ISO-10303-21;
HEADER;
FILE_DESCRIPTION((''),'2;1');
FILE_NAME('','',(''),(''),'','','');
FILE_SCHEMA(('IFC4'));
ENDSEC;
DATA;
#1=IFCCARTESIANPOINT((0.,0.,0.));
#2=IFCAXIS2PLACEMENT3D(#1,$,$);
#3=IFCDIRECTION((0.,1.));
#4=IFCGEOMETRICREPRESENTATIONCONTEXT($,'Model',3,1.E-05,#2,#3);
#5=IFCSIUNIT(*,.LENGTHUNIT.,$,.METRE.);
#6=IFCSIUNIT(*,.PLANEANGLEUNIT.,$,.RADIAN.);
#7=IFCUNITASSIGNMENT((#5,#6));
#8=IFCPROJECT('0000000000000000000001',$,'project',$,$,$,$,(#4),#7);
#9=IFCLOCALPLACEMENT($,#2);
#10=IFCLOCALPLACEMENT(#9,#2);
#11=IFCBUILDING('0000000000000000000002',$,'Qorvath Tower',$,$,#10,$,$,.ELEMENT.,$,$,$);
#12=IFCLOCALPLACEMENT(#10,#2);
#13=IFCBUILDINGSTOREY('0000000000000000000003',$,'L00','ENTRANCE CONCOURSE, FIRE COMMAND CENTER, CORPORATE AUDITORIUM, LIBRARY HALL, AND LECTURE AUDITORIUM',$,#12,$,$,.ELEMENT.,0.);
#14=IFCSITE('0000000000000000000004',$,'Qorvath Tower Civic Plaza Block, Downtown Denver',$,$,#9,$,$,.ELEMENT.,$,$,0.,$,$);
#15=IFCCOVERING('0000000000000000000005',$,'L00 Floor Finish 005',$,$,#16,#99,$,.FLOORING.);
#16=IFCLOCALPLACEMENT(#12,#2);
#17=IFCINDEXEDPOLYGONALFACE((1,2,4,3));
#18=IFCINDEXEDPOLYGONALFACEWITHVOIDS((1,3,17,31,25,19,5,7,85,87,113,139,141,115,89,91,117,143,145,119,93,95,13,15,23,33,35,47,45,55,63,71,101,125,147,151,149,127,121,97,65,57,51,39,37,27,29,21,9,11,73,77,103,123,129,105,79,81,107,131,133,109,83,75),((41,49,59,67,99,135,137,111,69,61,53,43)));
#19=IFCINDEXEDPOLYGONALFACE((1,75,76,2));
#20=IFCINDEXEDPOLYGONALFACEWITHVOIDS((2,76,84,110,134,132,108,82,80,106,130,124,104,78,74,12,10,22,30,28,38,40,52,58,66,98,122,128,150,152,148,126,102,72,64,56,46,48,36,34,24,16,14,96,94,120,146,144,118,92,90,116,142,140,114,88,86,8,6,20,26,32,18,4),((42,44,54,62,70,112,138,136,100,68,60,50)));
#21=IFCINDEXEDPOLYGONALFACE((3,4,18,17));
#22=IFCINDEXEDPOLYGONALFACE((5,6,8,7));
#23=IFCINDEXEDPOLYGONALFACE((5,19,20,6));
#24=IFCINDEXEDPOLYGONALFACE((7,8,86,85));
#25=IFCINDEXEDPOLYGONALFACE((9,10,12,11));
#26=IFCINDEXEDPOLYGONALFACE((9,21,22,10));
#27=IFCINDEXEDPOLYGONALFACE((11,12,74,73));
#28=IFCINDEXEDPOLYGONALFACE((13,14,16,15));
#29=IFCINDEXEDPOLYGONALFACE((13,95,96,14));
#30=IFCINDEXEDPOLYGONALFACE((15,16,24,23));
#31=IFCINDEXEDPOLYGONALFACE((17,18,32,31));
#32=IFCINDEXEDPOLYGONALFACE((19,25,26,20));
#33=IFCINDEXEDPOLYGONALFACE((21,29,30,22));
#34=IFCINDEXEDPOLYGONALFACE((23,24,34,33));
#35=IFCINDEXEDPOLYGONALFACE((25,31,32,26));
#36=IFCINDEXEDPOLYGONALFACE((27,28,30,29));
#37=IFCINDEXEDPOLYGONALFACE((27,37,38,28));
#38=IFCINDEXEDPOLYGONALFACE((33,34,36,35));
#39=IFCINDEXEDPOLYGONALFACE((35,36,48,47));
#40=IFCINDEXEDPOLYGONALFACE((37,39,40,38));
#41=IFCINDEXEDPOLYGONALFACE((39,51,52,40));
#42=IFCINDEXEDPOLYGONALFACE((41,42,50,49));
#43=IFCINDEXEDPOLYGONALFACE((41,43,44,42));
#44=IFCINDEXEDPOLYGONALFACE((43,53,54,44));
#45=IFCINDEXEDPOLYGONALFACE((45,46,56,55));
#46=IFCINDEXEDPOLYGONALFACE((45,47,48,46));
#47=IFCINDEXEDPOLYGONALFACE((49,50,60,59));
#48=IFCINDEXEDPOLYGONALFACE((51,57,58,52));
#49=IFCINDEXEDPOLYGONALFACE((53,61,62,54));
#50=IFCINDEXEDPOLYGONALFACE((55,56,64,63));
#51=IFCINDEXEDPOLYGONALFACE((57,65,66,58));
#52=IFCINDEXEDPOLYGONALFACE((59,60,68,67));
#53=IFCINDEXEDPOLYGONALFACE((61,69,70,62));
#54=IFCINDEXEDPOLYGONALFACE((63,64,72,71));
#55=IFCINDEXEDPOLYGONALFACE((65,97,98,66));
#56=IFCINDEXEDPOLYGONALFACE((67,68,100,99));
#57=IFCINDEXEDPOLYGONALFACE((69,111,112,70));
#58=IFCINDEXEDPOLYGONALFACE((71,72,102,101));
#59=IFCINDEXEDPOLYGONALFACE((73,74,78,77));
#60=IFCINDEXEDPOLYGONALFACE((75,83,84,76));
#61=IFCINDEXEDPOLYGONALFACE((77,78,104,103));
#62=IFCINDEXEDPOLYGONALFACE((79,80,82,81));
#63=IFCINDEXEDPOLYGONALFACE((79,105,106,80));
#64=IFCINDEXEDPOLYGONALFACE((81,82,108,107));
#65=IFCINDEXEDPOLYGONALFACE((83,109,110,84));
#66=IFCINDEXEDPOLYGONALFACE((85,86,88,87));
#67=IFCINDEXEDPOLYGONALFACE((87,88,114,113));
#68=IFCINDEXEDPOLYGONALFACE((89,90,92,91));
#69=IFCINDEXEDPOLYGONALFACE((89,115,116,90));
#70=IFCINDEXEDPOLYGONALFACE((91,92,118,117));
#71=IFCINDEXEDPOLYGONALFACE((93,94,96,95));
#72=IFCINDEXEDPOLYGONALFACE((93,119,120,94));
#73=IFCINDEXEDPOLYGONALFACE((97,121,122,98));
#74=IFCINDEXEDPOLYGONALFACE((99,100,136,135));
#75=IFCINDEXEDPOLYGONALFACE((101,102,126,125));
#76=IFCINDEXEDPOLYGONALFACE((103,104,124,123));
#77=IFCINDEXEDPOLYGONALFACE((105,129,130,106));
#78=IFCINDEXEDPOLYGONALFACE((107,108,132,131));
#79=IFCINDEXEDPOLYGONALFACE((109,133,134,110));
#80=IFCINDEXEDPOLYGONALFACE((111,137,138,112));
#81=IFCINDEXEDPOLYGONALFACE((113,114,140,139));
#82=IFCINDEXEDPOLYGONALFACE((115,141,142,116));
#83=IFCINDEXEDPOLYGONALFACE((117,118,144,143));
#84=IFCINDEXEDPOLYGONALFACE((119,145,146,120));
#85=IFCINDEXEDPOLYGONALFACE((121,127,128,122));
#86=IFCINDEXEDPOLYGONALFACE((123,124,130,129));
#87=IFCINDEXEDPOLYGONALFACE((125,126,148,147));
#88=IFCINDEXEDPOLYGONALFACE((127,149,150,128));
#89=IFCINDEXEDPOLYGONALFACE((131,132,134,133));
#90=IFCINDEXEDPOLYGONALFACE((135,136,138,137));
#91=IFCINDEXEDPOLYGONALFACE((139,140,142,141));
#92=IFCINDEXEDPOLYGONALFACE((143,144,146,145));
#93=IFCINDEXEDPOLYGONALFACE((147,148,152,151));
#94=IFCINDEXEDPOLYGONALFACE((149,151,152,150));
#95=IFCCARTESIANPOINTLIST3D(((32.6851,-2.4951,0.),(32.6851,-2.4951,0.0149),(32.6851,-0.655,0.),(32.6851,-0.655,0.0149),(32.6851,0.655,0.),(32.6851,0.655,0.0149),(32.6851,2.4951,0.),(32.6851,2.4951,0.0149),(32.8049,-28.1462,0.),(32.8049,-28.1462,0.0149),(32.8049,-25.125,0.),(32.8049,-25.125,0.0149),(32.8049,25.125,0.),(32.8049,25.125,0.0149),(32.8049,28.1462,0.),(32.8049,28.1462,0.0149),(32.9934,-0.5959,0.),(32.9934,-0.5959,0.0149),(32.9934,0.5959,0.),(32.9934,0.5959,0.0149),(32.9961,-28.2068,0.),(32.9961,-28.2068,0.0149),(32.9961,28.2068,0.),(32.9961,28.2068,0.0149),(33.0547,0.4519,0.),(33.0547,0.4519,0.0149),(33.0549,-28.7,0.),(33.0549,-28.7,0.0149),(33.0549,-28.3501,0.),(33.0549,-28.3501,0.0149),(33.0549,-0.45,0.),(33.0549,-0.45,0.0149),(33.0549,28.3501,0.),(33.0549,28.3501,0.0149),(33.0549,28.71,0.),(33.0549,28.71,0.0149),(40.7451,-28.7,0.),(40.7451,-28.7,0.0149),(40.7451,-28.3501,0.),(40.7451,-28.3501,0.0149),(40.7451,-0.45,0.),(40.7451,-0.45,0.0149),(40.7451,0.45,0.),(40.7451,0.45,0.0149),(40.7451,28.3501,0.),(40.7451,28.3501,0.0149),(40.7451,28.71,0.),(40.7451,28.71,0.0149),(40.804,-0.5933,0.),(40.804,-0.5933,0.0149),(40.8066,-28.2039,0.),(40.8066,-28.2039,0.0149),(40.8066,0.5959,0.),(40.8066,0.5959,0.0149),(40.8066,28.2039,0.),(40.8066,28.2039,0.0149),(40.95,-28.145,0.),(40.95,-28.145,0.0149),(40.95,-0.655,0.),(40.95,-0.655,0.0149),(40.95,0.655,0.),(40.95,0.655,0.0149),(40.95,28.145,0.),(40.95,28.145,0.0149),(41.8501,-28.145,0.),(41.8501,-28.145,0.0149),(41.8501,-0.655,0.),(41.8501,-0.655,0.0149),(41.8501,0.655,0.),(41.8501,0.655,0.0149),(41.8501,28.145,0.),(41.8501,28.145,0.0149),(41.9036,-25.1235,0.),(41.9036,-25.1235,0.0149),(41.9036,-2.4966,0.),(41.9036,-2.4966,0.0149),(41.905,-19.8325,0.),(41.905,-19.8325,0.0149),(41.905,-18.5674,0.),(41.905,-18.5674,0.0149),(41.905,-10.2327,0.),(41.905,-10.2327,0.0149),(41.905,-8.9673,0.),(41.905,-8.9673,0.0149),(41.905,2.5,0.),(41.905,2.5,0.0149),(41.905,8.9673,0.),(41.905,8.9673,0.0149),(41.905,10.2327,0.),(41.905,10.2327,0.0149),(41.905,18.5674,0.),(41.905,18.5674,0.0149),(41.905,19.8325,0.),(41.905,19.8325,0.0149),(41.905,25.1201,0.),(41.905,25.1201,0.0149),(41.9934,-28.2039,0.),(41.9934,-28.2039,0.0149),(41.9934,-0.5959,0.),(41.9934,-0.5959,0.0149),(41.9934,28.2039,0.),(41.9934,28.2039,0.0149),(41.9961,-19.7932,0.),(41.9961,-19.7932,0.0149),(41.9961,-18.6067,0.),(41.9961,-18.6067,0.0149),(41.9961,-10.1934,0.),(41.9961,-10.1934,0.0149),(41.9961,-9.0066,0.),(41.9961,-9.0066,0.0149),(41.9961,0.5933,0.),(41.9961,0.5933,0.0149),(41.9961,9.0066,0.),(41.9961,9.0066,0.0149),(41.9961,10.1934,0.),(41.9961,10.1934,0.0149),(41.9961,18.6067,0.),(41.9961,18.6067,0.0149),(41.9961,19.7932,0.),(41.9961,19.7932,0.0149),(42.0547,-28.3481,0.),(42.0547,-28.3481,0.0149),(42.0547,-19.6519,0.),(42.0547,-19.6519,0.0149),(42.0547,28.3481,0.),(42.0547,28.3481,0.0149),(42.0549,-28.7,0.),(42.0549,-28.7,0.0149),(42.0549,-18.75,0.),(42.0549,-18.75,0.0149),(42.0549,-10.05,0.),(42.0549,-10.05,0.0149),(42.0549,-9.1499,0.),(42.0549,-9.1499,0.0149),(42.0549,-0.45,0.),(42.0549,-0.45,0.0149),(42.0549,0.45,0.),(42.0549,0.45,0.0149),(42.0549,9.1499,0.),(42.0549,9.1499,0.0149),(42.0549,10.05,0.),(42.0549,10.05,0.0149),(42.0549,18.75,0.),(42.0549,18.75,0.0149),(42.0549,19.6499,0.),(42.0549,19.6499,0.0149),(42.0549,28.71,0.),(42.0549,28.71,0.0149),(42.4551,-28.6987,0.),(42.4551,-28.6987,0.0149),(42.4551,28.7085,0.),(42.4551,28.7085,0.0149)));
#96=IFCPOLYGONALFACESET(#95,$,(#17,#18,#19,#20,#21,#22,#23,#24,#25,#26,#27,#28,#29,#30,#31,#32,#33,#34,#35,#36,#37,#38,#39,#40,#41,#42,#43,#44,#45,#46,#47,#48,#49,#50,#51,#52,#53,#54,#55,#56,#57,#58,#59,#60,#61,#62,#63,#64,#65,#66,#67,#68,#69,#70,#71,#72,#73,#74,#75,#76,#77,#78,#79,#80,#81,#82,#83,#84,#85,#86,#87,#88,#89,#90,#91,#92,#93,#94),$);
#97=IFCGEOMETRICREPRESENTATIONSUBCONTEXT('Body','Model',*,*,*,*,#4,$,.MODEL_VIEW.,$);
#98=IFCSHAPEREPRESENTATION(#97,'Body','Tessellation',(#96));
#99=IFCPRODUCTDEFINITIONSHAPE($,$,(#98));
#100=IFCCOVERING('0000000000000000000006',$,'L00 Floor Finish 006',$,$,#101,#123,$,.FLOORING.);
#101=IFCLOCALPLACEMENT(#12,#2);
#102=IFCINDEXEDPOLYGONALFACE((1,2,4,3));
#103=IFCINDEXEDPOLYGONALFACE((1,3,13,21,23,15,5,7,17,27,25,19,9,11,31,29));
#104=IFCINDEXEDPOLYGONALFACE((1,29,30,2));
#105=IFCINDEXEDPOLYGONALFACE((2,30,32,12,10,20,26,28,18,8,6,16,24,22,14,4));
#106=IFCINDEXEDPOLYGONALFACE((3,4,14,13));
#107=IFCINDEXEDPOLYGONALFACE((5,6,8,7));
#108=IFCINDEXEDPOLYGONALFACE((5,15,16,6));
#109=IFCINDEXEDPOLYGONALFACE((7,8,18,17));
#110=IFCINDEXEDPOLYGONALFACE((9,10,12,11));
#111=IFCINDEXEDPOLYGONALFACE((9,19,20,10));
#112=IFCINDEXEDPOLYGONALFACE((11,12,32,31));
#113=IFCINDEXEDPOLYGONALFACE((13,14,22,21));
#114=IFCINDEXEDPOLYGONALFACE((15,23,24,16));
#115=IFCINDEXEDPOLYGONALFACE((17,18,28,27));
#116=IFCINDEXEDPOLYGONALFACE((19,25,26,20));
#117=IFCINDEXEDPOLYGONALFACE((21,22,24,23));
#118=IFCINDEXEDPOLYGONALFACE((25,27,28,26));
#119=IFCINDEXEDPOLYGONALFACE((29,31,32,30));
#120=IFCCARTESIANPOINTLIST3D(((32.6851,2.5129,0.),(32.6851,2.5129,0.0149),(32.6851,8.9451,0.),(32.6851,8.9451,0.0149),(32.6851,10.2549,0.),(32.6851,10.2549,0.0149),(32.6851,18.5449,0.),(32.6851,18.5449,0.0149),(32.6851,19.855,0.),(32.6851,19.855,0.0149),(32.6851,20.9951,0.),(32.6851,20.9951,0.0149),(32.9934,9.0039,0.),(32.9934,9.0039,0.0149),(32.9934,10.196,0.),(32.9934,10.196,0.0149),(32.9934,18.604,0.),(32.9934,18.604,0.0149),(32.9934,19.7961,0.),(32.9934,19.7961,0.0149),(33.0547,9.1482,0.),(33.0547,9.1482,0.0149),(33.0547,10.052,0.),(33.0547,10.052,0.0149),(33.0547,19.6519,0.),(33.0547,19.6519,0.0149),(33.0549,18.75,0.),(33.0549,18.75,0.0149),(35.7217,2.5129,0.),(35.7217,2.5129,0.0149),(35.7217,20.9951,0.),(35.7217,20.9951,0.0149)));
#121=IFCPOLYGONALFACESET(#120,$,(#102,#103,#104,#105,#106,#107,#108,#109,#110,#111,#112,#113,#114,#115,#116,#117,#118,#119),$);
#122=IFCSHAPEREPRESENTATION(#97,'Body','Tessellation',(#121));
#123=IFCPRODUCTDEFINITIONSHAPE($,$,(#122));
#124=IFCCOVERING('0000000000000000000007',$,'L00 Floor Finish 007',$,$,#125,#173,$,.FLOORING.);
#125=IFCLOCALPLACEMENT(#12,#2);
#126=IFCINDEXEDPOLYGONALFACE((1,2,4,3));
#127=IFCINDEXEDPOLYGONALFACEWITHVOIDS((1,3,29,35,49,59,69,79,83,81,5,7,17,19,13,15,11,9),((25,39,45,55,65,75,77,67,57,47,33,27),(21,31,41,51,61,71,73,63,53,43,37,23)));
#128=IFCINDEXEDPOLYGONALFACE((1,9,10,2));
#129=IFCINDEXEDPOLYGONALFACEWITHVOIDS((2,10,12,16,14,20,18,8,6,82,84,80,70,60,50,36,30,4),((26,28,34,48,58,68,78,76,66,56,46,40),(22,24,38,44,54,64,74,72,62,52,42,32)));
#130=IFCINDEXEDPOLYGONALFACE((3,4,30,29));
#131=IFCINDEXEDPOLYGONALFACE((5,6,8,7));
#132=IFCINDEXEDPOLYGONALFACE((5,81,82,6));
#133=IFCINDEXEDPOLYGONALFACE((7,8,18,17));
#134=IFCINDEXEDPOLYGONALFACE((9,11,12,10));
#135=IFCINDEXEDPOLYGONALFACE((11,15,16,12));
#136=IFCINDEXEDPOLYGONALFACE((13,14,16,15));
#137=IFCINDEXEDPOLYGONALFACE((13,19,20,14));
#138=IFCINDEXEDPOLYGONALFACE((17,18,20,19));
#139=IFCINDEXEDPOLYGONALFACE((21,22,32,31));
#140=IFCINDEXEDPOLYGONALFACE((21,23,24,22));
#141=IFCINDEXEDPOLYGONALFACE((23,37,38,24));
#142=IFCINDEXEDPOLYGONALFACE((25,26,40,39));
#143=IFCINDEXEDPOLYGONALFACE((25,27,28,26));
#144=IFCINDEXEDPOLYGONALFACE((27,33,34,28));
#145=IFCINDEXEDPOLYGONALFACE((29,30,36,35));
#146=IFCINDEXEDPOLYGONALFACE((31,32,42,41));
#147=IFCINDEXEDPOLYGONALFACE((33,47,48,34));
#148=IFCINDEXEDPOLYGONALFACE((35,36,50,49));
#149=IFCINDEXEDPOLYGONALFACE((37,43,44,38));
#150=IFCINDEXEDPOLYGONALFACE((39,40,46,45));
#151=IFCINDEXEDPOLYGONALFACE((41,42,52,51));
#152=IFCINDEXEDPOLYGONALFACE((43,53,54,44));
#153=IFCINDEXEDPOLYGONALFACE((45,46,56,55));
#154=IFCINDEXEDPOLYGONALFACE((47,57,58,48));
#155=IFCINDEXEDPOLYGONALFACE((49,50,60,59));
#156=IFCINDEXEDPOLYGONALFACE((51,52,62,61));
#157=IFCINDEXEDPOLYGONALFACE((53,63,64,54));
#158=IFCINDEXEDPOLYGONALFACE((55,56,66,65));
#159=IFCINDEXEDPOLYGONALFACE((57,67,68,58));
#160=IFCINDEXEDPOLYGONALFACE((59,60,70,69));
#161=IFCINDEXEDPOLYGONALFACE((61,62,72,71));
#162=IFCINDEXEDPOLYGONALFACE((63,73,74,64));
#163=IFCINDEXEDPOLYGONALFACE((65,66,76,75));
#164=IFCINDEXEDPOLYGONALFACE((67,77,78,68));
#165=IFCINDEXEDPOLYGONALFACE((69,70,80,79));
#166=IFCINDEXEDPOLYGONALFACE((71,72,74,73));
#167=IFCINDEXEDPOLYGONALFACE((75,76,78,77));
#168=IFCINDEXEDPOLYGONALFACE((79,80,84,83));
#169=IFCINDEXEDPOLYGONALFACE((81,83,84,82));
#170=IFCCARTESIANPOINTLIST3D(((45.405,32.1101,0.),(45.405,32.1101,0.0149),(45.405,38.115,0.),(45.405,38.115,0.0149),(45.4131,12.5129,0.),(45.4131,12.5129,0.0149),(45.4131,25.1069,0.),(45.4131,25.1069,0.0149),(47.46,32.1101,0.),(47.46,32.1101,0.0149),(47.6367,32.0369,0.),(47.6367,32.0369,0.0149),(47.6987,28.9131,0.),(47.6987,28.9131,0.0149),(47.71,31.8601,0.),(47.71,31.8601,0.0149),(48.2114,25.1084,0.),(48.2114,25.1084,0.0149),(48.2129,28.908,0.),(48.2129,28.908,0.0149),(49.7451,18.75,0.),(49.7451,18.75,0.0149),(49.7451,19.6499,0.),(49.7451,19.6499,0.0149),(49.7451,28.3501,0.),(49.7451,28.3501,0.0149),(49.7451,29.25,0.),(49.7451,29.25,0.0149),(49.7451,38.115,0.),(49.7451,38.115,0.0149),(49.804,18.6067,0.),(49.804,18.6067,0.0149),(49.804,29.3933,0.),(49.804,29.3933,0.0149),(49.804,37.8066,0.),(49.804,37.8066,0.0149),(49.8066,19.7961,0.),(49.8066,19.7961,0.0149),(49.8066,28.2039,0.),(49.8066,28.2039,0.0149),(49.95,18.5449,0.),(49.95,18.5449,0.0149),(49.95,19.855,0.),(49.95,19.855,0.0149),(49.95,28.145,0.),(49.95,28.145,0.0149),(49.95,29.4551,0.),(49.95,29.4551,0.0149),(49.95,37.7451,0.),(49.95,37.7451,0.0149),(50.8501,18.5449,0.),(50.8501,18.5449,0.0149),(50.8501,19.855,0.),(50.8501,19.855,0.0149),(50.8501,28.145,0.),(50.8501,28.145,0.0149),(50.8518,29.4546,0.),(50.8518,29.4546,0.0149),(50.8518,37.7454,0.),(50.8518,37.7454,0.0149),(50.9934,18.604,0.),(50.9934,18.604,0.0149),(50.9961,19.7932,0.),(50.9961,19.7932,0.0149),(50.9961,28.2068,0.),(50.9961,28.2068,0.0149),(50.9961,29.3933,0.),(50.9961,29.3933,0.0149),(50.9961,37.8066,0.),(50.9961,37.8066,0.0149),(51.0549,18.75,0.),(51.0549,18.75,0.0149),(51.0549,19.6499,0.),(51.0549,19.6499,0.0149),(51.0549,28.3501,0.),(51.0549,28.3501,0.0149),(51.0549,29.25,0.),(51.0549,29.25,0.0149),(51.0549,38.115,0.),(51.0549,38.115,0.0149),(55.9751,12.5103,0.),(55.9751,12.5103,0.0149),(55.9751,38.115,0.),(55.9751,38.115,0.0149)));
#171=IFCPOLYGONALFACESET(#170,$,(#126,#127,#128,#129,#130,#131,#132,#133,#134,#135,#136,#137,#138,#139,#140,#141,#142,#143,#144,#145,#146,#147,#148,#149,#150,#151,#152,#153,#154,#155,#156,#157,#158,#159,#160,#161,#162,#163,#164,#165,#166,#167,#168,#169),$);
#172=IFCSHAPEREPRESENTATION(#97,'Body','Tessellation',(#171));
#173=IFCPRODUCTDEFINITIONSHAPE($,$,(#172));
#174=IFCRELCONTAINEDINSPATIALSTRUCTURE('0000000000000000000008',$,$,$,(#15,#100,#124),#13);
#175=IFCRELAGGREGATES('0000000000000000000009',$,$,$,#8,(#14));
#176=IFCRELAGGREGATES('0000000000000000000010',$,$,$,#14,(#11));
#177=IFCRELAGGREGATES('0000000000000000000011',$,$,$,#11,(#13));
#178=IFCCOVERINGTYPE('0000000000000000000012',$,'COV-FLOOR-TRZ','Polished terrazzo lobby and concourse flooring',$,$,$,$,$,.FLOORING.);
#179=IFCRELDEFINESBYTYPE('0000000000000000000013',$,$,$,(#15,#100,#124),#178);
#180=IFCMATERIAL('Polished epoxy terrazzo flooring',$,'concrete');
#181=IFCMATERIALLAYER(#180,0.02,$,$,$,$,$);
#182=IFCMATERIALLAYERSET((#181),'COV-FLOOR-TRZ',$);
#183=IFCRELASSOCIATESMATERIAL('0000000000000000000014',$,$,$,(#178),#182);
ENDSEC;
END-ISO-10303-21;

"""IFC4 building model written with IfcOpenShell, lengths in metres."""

from ifc_helpers import new_model, si_unit, direction, origin, place, context, subcontext, project, spatial, polyline, outline, extrude, material, layer, layer_set, type_object, element, save


model = new_model("IFC4")

# Units and contexts
model_context = context("Model", 3, precision=1e-05, world=origin(), true_north=direction((0.0, 1.0)))
body_context = subcontext(model_context, "Body", "Model", "MODEL_VIEW")
ifc_project = project(units=[si_unit("LENGTHUNIT", "METRE"), si_unit("PLANEANGLEUNIT", "RADIAN")], contexts=[model_context])

# Site, building, storey
site_placement = place(None, origin())
site = spatial("IfcSite", under=ifc_project, at=site_placement, Name="Qorvath Tower Civic Plaza Block, Downtown Denver", CompositionType="ELEMENT", RefElevation=0.0)
building_placement = place(site_placement, origin())
building = spatial("IfcBuilding", under=site, at=building_placement, Name="Qorvath Tower", CompositionType="ELEMENT")
storey_placement = place(building_placement, origin())
storey = spatial("IfcBuildingStorey", under=building, at=storey_placement, Name="L00", Description="ENTRANCE CONCOURSE, FIRE COMMAND CENTER, CORPORATE AUDITORIUM, LIBRARY HALL, AND LECTURE AUDITORIUM", CompositionType="ELEMENT", Elevation=0.0)

# Coverings
ifc_material_1 = material(Name="Polished epoxy terrazzo flooring", Category="concrete")
ifc_layer_1 = layer(ifc_material_1, 0.02)
ifc_layer_set_1 = layer_set([ifc_layer_1], Name="COV-FLOOR-TRZ")
covering_type_1 = type_object("IfcCoveringType", Name="COV-FLOOR-TRZ", Description="Polished terrazzo lobby and concourse flooring", PredefinedType="FLOORING", material=ifc_layer_set_1)
covering_1_placement = place(storey_placement, origin())
element("IfcCovering", 1, at=covering_1_placement, inside=storey, type_object=covering_type_1, Name="L00 Floor Finish 005", PredefinedType="FLOORING", context=body_context, shape_type="SweptSolid", body=[
    extrude(outline(polyline([(42.0547, -19.6519), (41.9961, -19.7932), (41.905, -19.8325), (41.9036, -25.1235), (32.8049, -25.125), (32.8049, -28.1462), (32.9961, -28.2068), (33.0549, -28.3501), (33.0549, -28.7), (40.7451, -28.7), (40.7451, -28.3501), (40.8066, -28.2039), (40.95, -28.145), (41.8501, -28.145), (41.9934, -28.2039), (42.0547, -28.3481), (42.0549, -28.7), (42.4551, -28.6987), (42.4551, 28.7085), (42.0549, 28.71), (42.0547, 28.3481), (41.9934, 28.2039), (41.8501, 28.145), (40.95, 28.145), (40.8066, 28.2039), (40.7451, 28.3501), (40.7451, 28.71), (33.0549, 28.71), (33.0549, 28.3501), (32.9961, 28.2068), (32.8049, 28.1462), (32.8049, 25.125), (41.905, 25.1201), (41.905, 19.8325), (41.9961, 19.7932), (42.0549, 19.6499), (42.0549, 18.75), (41.9961, 18.6067), (41.905, 18.5674), (41.905, 10.2327), (41.9961, 10.1934), (42.0549, 10.05), (42.0549, 9.1499), (41.9961, 9.0066), (41.905, 8.9673), (41.905, 2.5), (32.6851, 2.4951), (32.6851, 0.655), (32.9934, 0.5959), (33.0547, 0.4519), (33.0549, -0.45), (32.9934, -0.5959), (32.6851, -0.655), (32.6851, -2.4951), (41.9036, -2.4966), (41.905, -8.9673), (41.9961, -9.0066), (42.0549, -9.1499), (42.0549, -10.05), (41.9961, -10.1934), (41.905, -10.2327), (41.905, -18.5674), (41.9961, -18.6067), (42.0549, -18.75), (42.0547, -19.6519)]), holes=[polyline([(40.804, -0.5933), (40.7451, -0.45), (40.7451, 0.45), (40.8066, 0.5959), (40.95, 0.655), (41.8501, 0.655), (41.9961, 0.5933), (42.0549, 0.45), (42.0549, -0.45), (41.9934, -0.5959), (41.8501, -0.655), (40.95, -0.655), (40.804, -0.5933)])]), origin(), (0.0, 0.0, 1.0), 0.0149),
])
covering_2_placement = place(storey_placement, origin())
element("IfcCovering", 2, at=covering_2_placement, inside=storey, type_object=covering_type_1, Name="L00 Floor Finish 006", PredefinedType="FLOORING", context=body_context, shape_type="SweptSolid", body=[
    extrude(outline(polyline([(33.0547, 9.1482), (32.9934, 9.0039), (32.6851, 8.9451), (32.6851, 2.5129), (35.7217, 2.5129), (35.7217, 20.9951), (32.6851, 20.9951), (32.6851, 19.855), (32.9934, 19.7961), (33.0547, 19.6519), (33.0549, 18.75), (32.9934, 18.604), (32.6851, 18.5449), (32.6851, 10.2549), (32.9934, 10.196), (33.0547, 10.052), (33.0547, 9.1482)])), origin(), (0.0, 0.0, 1.0), 0.0149),
])
covering_3_placement = place(storey_placement, origin())
element("IfcCovering", 3, at=covering_3_placement, inside=storey, type_object=covering_type_1, Name="L00 Floor Finish 007", PredefinedType="FLOORING", context=body_context, shape_type="SweptSolid", body=[
    extrude(outline(polyline([(45.405, 38.115), (45.405, 32.1101), (47.46, 32.1101), (47.6367, 32.0369), (47.71, 31.8601), (47.6987, 28.9131), (48.2129, 28.908), (48.2114, 25.1084), (45.4131, 25.1069), (45.4131, 12.5129), (55.9751, 12.5103), (55.9751, 38.115), (51.0549, 38.115), (50.9961, 37.8066), (50.8518, 37.7454), (49.95, 37.7451), (49.804, 37.8066), (49.7451, 38.115), (45.405, 38.115)]), holes=[polyline([(50.8518, 29.4546), (50.9961, 29.3933), (51.0549, 29.25), (51.0549, 28.3501), (50.9961, 28.2068), (50.8501, 28.145), (49.95, 28.145), (49.8066, 28.2039), (49.7451, 28.3501), (49.7451, 29.25), (49.804, 29.3933), (49.95, 29.4551), (50.8518, 29.4546)]), polyline([(50.9961, 19.7932), (51.0549, 19.6499), (51.0549, 18.75), (50.9934, 18.604), (50.8501, 18.5449), (49.95, 18.5449), (49.804, 18.6067), (49.7451, 18.75), (49.7451, 19.6499), (49.8066, 19.7961), (49.95, 19.855), (50.8501, 19.855), (50.9961, 19.7932)])]), origin(), (0.0, 0.0, 1.0), 0.0149),
])

save(model, "model.ifc")
